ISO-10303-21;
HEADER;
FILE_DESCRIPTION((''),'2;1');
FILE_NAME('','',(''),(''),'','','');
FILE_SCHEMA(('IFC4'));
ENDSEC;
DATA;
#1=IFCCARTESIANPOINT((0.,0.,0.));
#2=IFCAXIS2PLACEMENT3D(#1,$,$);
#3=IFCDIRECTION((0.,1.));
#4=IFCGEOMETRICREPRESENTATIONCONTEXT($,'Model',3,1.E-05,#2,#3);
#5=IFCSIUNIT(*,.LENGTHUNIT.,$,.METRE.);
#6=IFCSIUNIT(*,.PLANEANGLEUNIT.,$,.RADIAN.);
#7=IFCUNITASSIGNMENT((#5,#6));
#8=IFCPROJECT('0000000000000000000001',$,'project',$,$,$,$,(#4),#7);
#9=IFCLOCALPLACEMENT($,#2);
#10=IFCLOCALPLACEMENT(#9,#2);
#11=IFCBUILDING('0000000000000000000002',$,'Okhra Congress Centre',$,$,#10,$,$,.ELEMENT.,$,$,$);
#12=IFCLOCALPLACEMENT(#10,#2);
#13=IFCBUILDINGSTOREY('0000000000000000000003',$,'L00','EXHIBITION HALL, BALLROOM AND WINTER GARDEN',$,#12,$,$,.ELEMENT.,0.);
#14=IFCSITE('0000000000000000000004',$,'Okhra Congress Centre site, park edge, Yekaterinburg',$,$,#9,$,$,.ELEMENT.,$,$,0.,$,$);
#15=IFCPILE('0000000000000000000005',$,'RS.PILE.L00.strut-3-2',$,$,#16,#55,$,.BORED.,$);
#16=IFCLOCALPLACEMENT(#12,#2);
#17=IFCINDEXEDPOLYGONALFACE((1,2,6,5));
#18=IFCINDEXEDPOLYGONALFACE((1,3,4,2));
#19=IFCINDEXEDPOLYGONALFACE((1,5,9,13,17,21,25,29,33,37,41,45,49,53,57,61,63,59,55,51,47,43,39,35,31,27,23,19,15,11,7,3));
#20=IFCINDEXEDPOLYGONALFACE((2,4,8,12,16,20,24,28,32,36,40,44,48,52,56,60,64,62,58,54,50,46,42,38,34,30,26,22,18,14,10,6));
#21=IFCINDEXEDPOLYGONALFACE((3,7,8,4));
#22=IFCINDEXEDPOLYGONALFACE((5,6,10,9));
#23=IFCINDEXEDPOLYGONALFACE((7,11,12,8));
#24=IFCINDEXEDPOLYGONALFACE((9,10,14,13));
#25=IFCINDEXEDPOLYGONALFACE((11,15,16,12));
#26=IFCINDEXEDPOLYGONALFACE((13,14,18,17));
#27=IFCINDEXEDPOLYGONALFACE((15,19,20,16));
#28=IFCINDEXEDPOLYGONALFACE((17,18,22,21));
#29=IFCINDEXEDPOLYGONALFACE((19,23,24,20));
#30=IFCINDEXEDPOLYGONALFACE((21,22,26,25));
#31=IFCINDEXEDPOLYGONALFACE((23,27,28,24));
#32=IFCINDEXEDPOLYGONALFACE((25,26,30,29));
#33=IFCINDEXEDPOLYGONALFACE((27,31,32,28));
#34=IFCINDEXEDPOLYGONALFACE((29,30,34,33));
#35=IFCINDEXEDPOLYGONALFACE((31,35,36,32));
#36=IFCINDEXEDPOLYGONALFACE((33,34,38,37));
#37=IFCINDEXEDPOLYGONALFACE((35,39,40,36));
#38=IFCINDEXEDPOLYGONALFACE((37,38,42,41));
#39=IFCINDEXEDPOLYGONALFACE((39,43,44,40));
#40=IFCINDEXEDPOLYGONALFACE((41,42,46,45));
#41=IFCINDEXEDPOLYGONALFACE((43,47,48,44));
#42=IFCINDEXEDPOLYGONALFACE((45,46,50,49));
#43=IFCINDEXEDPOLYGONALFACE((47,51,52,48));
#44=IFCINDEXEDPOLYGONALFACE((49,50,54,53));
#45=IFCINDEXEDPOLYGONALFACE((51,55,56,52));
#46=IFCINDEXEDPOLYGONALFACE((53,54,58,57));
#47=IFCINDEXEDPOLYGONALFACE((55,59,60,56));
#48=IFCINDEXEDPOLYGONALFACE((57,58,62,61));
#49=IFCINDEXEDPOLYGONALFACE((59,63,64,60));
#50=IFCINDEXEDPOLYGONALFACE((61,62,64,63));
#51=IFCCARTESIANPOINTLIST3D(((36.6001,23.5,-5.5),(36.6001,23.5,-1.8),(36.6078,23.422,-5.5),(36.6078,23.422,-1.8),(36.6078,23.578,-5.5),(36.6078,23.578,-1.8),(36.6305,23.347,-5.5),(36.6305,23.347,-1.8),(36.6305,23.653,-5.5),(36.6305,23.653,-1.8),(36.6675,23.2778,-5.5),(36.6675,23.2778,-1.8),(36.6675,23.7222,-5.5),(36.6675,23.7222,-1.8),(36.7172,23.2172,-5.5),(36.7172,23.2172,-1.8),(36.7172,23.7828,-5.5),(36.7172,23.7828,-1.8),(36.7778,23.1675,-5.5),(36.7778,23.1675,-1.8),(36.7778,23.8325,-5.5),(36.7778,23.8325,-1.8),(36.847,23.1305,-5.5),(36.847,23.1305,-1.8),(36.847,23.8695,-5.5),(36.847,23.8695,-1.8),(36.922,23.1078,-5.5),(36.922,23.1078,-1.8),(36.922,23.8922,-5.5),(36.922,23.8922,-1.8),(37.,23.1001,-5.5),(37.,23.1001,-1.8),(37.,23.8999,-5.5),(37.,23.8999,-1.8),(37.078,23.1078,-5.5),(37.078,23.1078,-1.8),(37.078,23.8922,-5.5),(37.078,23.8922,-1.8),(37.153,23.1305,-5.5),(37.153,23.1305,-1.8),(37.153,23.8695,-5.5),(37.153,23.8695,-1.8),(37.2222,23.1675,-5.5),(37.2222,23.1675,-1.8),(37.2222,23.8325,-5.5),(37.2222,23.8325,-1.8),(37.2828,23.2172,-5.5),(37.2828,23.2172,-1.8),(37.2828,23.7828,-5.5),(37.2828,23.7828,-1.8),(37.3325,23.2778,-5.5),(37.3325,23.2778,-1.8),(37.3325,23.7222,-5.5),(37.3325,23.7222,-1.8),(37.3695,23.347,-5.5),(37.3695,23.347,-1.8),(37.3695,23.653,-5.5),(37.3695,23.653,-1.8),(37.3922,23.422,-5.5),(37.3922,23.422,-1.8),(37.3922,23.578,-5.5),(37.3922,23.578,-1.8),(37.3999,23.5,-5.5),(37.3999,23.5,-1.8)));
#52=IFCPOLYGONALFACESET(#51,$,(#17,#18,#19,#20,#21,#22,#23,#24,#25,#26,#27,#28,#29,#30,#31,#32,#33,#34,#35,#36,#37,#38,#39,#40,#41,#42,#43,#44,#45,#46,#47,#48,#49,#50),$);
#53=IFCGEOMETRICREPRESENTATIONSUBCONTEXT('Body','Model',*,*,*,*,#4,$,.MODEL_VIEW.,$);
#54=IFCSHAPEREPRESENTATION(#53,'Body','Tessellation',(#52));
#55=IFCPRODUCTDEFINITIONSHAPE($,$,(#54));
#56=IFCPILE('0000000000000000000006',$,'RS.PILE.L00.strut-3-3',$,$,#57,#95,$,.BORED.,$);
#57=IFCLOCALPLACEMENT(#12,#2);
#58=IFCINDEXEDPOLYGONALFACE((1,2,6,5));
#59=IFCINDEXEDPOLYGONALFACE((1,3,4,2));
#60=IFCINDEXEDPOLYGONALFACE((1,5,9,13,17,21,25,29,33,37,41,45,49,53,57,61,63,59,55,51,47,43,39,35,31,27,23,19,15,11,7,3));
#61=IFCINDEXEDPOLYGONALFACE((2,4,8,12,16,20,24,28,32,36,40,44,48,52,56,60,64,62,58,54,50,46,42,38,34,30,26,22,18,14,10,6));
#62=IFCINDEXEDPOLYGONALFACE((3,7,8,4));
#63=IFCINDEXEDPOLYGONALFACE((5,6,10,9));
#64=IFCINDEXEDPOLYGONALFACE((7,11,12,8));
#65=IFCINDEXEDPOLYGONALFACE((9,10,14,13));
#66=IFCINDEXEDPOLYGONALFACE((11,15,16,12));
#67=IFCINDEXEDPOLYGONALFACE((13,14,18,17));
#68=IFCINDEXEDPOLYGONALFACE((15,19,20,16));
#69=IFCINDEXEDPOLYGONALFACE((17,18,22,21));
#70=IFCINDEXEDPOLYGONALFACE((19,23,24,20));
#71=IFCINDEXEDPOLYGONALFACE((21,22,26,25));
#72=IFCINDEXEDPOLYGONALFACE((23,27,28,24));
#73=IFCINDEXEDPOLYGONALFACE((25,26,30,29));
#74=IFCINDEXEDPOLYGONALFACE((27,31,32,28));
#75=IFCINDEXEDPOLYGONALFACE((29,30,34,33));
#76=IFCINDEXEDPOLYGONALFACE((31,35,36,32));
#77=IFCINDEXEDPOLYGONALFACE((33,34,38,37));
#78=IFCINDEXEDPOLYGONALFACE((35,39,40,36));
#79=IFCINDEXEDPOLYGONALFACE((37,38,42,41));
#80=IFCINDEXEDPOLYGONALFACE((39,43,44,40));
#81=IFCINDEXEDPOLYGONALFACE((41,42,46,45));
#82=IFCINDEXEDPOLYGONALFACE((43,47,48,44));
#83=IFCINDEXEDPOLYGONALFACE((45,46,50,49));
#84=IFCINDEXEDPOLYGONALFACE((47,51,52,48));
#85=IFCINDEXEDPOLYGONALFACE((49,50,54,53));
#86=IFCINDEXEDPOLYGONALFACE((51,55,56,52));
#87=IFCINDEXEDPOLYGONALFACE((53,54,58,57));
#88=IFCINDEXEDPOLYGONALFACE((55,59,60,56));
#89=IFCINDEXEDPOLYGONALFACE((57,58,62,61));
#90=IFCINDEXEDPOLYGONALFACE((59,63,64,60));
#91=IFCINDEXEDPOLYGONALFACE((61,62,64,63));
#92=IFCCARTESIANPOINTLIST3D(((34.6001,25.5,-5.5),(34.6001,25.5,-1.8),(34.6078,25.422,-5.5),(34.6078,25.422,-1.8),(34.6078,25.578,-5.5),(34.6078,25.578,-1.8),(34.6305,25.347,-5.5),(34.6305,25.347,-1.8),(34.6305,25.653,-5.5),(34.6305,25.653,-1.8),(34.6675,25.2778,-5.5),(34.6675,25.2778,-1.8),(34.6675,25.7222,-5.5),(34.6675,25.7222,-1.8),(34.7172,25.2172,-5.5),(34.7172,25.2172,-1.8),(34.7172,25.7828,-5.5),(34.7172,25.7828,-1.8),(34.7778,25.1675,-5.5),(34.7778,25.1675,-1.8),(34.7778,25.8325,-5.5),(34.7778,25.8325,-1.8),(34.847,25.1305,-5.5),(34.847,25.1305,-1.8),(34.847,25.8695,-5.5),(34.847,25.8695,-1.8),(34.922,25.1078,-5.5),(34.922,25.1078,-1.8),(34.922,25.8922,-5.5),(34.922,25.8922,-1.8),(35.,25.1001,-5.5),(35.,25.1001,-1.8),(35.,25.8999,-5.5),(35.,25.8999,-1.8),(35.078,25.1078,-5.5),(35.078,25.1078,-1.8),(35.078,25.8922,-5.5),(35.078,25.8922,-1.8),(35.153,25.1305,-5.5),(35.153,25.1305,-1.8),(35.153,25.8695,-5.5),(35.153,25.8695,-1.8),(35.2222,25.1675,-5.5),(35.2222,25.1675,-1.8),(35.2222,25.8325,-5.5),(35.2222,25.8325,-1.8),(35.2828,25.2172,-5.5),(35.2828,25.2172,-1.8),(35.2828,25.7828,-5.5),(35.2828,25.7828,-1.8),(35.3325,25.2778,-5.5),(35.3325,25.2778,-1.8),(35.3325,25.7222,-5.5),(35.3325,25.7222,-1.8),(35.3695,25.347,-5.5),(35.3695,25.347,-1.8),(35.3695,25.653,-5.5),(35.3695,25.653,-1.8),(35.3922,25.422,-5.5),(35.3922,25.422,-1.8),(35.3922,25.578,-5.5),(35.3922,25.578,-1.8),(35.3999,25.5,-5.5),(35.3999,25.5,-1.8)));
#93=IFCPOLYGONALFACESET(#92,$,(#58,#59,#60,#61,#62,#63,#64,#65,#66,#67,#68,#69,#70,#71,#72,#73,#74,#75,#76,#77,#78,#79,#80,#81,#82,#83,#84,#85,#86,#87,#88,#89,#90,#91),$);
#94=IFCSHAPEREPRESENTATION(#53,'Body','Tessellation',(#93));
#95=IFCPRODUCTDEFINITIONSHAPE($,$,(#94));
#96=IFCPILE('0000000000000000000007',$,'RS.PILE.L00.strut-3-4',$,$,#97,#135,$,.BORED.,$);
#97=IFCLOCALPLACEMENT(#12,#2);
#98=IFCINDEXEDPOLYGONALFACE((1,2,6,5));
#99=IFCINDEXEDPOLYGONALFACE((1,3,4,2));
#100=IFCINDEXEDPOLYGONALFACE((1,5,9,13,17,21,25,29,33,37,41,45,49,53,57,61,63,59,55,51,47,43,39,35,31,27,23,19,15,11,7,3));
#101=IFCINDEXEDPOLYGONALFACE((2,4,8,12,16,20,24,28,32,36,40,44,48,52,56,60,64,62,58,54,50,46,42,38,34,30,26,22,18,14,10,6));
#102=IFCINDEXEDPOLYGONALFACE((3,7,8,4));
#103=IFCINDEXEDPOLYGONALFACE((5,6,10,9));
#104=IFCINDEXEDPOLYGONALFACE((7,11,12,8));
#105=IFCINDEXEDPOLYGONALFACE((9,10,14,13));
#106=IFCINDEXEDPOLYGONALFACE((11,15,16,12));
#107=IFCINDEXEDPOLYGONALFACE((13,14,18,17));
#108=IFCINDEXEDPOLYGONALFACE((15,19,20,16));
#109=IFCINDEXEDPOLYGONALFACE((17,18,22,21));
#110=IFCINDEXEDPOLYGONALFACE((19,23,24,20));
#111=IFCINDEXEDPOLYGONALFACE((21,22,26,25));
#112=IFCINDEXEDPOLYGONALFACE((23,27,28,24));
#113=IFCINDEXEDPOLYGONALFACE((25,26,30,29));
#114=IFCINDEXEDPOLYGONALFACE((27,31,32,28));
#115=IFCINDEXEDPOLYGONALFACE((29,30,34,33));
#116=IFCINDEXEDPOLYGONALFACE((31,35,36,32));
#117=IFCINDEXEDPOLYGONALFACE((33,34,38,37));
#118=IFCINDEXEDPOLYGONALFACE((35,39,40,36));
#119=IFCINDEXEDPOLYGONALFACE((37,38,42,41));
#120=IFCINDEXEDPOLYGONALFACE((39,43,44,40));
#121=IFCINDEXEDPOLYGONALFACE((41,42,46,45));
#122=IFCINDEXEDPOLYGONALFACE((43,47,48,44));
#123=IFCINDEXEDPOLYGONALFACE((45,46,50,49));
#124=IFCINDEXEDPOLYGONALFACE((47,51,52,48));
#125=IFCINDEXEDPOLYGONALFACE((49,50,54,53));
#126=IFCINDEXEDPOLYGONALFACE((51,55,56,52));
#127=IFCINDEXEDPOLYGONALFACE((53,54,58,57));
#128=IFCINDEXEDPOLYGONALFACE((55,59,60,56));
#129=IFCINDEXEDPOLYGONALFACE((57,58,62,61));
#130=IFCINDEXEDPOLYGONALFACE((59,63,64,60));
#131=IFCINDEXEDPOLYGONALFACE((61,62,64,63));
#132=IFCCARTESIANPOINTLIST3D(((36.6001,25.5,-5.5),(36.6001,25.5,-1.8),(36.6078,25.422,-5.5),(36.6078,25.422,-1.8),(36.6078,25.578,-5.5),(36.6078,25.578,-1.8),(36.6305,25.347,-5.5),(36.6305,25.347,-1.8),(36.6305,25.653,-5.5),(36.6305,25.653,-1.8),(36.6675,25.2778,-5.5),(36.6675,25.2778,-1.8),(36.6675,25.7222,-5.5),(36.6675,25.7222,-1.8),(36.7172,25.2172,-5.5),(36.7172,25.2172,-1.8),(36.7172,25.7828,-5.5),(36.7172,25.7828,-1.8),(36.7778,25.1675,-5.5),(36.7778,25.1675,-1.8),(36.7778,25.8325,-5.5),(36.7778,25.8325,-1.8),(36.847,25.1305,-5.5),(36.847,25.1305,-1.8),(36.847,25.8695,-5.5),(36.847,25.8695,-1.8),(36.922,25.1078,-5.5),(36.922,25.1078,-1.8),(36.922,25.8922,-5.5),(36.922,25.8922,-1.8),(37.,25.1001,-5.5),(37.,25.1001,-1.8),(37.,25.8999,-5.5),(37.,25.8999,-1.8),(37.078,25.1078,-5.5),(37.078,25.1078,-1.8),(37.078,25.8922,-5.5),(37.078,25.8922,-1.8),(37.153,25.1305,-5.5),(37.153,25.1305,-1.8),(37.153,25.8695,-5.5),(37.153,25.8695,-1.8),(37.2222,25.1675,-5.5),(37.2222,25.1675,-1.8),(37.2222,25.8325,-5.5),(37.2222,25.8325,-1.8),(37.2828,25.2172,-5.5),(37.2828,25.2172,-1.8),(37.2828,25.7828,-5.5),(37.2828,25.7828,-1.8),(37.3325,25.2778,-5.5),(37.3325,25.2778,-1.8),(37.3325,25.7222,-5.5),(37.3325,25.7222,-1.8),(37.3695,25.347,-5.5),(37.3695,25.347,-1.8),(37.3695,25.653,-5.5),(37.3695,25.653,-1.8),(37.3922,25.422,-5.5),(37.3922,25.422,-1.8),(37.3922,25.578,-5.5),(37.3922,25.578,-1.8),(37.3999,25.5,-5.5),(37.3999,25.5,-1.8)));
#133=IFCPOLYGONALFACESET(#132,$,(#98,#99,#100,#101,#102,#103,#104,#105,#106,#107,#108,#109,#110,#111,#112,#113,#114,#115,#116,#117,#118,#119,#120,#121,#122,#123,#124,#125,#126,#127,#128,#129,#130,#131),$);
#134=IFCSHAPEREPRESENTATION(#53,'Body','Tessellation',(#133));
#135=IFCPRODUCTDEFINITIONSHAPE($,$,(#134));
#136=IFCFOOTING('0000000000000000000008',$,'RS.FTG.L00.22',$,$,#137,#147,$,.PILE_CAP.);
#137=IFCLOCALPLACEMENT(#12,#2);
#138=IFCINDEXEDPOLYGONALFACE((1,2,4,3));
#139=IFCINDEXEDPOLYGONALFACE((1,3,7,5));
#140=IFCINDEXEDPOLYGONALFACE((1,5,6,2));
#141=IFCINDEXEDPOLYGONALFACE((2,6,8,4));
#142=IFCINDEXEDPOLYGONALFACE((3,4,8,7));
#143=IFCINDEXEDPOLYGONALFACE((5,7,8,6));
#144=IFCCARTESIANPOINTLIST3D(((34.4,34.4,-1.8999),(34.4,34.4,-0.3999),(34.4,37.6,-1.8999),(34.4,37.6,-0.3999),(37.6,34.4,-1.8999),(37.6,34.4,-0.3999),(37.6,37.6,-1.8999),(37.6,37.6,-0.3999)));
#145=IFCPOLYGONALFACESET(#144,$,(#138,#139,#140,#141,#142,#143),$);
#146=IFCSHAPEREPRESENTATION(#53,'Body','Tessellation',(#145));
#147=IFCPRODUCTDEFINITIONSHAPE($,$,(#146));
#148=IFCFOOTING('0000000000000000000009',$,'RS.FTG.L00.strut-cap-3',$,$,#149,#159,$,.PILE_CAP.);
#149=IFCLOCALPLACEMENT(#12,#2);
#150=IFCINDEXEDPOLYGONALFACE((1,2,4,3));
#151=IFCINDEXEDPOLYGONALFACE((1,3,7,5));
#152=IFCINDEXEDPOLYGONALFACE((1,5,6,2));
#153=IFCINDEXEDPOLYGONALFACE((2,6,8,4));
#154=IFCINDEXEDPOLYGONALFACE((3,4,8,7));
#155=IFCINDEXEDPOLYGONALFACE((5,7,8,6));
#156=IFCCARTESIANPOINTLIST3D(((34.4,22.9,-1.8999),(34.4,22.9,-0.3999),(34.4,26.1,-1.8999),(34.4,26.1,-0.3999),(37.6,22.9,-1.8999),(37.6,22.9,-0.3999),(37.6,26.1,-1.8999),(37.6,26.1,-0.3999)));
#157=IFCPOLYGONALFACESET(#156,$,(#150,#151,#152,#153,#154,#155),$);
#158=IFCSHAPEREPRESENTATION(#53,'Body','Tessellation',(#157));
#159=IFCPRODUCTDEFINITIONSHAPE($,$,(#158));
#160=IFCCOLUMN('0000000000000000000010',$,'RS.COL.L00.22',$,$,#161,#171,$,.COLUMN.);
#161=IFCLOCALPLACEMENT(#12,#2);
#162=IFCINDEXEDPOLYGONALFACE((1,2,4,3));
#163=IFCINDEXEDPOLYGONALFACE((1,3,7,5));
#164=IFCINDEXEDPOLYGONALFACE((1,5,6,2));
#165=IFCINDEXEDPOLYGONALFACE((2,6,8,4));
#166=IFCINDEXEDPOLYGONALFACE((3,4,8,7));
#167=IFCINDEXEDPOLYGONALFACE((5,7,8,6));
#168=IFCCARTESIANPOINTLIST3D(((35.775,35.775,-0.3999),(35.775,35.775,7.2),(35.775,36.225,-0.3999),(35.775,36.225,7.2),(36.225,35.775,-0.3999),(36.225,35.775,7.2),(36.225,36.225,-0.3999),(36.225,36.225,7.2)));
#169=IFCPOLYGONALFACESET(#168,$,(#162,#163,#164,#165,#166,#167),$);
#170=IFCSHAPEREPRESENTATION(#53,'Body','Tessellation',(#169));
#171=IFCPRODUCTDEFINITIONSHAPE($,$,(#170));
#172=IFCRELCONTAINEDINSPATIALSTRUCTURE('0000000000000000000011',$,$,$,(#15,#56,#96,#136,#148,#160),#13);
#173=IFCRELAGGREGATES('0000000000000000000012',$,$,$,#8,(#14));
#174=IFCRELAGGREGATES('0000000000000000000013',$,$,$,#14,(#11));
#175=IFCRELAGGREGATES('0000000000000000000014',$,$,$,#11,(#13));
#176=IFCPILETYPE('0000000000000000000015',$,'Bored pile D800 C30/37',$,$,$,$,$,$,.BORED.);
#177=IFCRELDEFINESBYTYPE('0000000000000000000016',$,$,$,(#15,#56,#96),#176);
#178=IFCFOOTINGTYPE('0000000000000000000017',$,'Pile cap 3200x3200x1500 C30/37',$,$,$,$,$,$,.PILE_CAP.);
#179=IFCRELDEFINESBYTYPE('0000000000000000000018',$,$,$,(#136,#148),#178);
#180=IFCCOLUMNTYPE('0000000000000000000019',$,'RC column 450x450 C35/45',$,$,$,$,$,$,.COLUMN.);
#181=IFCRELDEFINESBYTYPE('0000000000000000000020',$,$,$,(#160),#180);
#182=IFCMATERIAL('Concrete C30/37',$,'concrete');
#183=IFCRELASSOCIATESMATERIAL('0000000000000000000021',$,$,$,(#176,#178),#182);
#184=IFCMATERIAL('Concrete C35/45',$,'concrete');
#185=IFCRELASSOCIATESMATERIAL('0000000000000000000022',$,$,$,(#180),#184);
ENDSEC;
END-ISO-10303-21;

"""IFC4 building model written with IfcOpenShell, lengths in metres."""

from ifc_helpers import new_model, si_unit, direction, frame, origin, origin_2d, place, context, subcontext, project, spatial, rectangle, circle, extrude, material, material_profile, profile_set, type_object, element, save


model = new_model("IFC4")

# Units and contexts
model_context = context("Model", 3, precision=1e-05, world=origin(), true_north=direction((0.0, 1.0)))
body_context = subcontext(model_context, "Body", "Model", "MODEL_VIEW")
ifc_project = project(units=[si_unit("LENGTHUNIT", "METRE"), si_unit("PLANEANGLEUNIT", "RADIAN")], contexts=[model_context])

# Site, building, storey
site_placement = place(None, origin())
site = spatial("IfcSite", under=ifc_project, at=site_placement, Name="Okhra Congress Centre site, park edge, Yekaterinburg", CompositionType="ELEMENT", RefElevation=0.0)
building_placement = place(site_placement, origin())
building = spatial("IfcBuilding", under=site, at=building_placement, Name="Okhra Congress Centre", CompositionType="ELEMENT")
storey_placement = place(building_placement, origin())
storey = spatial("IfcBuildingStorey", under=building, at=storey_placement, Name="L00", Description="EXHIBITION HALL, BALLROOM AND WINTER GARDEN", CompositionType="ELEMENT", Elevation=0.0)

# Piles
ifc_material_1 = material(Name="Concrete C30/37", Category="concrete")
ifc_material_profile_1 = material_profile(ifc_material_1, circle(Radius=0.3999, at=origin_2d()), Name="D800")
ifc_profile_set_1 = profile_set([ifc_material_profile_1], Name="Concrete C30/37")
pile_type = type_object("IfcPileType", Name="Bored pile D800 C30/37", PredefinedType="BORED", material=ifc_profile_set_1)
for number, where, z_axis, x_axis, name in (
    (1, (37.0, 23.5, -1.8), (0.0, 0.0, -1.0), (1.0, 0.0, 0.0), "RS.PILE.L00.strut-3-2"),
    (2, (35.0, 25.5, -1.8), (0.0, 0.0, -1.0), (1.0, 0.0, 0.0), "RS.PILE.L00.strut-3-3"),
    (3, (37.0, 25.5, -1.8), (0.0, 0.0, -1.0), (1.0, 0.0, 0.0), "RS.PILE.L00.strut-3-4"),
):
    element("IfcPile", number, at=place(storey_placement, frame(where, z_axis=z_axis, x_axis=x_axis)), inside=storey, type_object=pile_type, Name=name, PredefinedType="BORED", context=body_context, shape_type="SweptSolid", body=[
        extrude(circle(Radius=0.3999, at=origin_2d()), origin(), (0.0, 0.0, 1.0), 3.7),
    ])

# Footings
footing_type = type_object("IfcFootingType", Name="Pile cap 3200x3200x1500 C30/37", PredefinedType="PILE_CAP", material=ifc_material_1)
for number, where, z_axis, x_axis, name in (
    (4, (36.0, 36.0, -1.8999), (0.0, 0.0, 1.0), (1.0, 0.0, 0.0), "RS.FTG.L00.22"),
    (5, (36.0, 24.5, -1.8999), (0.0, 0.0, 1.0), (1.0, 0.0, 0.0), "RS.FTG.L00.strut-cap-3"),
):
    element("IfcFooting", number, at=place(storey_placement, frame(where, z_axis=z_axis, x_axis=x_axis)), inside=storey, type_object=footing_type, Name=name, PredefinedType="PILE_CAP", context=body_context, shape_type="SweptSolid", body=[
        extrude(rectangle(XDim=3.2, YDim=3.2, at=origin_2d()), origin(), (0.0, 0.0, 1.0), 1.5),
    ])

# Column
ifc_material_2 = material(Name="Concrete C35/45", Category="concrete")
ifc_material_profile_2 = material_profile(ifc_material_2, rectangle(XDim=0.45, YDim=0.45, at=origin_2d()), Name="RC 450x450")
ifc_profile_set_2 = profile_set([ifc_material_profile_2], Name="Concrete C35/45")
column_type_1 = type_object("IfcColumnType", Name="RC column 450x450 C35/45", PredefinedType="COLUMN", material=ifc_profile_set_2)
column_1_placement = place(storey_placement, frame((36.0, 36.0, -0.3999), z_axis=(0.0, 0.0, 1.0), x_axis=(1.0, 0.0, 0.0)))
element("IfcColumn", 6, at=column_1_placement, inside=storey, type_object=column_type_1, Name="RS.COL.L00.22", PredefinedType="COLUMN", context=body_context, shape_type="SweptSolid", body=[
    extrude(rectangle(XDim=0.45, YDim=0.45, at=origin_2d()), origin(), (0.0, 0.0, 1.0), 7.5999),
])

save(model, "model.ifc")
